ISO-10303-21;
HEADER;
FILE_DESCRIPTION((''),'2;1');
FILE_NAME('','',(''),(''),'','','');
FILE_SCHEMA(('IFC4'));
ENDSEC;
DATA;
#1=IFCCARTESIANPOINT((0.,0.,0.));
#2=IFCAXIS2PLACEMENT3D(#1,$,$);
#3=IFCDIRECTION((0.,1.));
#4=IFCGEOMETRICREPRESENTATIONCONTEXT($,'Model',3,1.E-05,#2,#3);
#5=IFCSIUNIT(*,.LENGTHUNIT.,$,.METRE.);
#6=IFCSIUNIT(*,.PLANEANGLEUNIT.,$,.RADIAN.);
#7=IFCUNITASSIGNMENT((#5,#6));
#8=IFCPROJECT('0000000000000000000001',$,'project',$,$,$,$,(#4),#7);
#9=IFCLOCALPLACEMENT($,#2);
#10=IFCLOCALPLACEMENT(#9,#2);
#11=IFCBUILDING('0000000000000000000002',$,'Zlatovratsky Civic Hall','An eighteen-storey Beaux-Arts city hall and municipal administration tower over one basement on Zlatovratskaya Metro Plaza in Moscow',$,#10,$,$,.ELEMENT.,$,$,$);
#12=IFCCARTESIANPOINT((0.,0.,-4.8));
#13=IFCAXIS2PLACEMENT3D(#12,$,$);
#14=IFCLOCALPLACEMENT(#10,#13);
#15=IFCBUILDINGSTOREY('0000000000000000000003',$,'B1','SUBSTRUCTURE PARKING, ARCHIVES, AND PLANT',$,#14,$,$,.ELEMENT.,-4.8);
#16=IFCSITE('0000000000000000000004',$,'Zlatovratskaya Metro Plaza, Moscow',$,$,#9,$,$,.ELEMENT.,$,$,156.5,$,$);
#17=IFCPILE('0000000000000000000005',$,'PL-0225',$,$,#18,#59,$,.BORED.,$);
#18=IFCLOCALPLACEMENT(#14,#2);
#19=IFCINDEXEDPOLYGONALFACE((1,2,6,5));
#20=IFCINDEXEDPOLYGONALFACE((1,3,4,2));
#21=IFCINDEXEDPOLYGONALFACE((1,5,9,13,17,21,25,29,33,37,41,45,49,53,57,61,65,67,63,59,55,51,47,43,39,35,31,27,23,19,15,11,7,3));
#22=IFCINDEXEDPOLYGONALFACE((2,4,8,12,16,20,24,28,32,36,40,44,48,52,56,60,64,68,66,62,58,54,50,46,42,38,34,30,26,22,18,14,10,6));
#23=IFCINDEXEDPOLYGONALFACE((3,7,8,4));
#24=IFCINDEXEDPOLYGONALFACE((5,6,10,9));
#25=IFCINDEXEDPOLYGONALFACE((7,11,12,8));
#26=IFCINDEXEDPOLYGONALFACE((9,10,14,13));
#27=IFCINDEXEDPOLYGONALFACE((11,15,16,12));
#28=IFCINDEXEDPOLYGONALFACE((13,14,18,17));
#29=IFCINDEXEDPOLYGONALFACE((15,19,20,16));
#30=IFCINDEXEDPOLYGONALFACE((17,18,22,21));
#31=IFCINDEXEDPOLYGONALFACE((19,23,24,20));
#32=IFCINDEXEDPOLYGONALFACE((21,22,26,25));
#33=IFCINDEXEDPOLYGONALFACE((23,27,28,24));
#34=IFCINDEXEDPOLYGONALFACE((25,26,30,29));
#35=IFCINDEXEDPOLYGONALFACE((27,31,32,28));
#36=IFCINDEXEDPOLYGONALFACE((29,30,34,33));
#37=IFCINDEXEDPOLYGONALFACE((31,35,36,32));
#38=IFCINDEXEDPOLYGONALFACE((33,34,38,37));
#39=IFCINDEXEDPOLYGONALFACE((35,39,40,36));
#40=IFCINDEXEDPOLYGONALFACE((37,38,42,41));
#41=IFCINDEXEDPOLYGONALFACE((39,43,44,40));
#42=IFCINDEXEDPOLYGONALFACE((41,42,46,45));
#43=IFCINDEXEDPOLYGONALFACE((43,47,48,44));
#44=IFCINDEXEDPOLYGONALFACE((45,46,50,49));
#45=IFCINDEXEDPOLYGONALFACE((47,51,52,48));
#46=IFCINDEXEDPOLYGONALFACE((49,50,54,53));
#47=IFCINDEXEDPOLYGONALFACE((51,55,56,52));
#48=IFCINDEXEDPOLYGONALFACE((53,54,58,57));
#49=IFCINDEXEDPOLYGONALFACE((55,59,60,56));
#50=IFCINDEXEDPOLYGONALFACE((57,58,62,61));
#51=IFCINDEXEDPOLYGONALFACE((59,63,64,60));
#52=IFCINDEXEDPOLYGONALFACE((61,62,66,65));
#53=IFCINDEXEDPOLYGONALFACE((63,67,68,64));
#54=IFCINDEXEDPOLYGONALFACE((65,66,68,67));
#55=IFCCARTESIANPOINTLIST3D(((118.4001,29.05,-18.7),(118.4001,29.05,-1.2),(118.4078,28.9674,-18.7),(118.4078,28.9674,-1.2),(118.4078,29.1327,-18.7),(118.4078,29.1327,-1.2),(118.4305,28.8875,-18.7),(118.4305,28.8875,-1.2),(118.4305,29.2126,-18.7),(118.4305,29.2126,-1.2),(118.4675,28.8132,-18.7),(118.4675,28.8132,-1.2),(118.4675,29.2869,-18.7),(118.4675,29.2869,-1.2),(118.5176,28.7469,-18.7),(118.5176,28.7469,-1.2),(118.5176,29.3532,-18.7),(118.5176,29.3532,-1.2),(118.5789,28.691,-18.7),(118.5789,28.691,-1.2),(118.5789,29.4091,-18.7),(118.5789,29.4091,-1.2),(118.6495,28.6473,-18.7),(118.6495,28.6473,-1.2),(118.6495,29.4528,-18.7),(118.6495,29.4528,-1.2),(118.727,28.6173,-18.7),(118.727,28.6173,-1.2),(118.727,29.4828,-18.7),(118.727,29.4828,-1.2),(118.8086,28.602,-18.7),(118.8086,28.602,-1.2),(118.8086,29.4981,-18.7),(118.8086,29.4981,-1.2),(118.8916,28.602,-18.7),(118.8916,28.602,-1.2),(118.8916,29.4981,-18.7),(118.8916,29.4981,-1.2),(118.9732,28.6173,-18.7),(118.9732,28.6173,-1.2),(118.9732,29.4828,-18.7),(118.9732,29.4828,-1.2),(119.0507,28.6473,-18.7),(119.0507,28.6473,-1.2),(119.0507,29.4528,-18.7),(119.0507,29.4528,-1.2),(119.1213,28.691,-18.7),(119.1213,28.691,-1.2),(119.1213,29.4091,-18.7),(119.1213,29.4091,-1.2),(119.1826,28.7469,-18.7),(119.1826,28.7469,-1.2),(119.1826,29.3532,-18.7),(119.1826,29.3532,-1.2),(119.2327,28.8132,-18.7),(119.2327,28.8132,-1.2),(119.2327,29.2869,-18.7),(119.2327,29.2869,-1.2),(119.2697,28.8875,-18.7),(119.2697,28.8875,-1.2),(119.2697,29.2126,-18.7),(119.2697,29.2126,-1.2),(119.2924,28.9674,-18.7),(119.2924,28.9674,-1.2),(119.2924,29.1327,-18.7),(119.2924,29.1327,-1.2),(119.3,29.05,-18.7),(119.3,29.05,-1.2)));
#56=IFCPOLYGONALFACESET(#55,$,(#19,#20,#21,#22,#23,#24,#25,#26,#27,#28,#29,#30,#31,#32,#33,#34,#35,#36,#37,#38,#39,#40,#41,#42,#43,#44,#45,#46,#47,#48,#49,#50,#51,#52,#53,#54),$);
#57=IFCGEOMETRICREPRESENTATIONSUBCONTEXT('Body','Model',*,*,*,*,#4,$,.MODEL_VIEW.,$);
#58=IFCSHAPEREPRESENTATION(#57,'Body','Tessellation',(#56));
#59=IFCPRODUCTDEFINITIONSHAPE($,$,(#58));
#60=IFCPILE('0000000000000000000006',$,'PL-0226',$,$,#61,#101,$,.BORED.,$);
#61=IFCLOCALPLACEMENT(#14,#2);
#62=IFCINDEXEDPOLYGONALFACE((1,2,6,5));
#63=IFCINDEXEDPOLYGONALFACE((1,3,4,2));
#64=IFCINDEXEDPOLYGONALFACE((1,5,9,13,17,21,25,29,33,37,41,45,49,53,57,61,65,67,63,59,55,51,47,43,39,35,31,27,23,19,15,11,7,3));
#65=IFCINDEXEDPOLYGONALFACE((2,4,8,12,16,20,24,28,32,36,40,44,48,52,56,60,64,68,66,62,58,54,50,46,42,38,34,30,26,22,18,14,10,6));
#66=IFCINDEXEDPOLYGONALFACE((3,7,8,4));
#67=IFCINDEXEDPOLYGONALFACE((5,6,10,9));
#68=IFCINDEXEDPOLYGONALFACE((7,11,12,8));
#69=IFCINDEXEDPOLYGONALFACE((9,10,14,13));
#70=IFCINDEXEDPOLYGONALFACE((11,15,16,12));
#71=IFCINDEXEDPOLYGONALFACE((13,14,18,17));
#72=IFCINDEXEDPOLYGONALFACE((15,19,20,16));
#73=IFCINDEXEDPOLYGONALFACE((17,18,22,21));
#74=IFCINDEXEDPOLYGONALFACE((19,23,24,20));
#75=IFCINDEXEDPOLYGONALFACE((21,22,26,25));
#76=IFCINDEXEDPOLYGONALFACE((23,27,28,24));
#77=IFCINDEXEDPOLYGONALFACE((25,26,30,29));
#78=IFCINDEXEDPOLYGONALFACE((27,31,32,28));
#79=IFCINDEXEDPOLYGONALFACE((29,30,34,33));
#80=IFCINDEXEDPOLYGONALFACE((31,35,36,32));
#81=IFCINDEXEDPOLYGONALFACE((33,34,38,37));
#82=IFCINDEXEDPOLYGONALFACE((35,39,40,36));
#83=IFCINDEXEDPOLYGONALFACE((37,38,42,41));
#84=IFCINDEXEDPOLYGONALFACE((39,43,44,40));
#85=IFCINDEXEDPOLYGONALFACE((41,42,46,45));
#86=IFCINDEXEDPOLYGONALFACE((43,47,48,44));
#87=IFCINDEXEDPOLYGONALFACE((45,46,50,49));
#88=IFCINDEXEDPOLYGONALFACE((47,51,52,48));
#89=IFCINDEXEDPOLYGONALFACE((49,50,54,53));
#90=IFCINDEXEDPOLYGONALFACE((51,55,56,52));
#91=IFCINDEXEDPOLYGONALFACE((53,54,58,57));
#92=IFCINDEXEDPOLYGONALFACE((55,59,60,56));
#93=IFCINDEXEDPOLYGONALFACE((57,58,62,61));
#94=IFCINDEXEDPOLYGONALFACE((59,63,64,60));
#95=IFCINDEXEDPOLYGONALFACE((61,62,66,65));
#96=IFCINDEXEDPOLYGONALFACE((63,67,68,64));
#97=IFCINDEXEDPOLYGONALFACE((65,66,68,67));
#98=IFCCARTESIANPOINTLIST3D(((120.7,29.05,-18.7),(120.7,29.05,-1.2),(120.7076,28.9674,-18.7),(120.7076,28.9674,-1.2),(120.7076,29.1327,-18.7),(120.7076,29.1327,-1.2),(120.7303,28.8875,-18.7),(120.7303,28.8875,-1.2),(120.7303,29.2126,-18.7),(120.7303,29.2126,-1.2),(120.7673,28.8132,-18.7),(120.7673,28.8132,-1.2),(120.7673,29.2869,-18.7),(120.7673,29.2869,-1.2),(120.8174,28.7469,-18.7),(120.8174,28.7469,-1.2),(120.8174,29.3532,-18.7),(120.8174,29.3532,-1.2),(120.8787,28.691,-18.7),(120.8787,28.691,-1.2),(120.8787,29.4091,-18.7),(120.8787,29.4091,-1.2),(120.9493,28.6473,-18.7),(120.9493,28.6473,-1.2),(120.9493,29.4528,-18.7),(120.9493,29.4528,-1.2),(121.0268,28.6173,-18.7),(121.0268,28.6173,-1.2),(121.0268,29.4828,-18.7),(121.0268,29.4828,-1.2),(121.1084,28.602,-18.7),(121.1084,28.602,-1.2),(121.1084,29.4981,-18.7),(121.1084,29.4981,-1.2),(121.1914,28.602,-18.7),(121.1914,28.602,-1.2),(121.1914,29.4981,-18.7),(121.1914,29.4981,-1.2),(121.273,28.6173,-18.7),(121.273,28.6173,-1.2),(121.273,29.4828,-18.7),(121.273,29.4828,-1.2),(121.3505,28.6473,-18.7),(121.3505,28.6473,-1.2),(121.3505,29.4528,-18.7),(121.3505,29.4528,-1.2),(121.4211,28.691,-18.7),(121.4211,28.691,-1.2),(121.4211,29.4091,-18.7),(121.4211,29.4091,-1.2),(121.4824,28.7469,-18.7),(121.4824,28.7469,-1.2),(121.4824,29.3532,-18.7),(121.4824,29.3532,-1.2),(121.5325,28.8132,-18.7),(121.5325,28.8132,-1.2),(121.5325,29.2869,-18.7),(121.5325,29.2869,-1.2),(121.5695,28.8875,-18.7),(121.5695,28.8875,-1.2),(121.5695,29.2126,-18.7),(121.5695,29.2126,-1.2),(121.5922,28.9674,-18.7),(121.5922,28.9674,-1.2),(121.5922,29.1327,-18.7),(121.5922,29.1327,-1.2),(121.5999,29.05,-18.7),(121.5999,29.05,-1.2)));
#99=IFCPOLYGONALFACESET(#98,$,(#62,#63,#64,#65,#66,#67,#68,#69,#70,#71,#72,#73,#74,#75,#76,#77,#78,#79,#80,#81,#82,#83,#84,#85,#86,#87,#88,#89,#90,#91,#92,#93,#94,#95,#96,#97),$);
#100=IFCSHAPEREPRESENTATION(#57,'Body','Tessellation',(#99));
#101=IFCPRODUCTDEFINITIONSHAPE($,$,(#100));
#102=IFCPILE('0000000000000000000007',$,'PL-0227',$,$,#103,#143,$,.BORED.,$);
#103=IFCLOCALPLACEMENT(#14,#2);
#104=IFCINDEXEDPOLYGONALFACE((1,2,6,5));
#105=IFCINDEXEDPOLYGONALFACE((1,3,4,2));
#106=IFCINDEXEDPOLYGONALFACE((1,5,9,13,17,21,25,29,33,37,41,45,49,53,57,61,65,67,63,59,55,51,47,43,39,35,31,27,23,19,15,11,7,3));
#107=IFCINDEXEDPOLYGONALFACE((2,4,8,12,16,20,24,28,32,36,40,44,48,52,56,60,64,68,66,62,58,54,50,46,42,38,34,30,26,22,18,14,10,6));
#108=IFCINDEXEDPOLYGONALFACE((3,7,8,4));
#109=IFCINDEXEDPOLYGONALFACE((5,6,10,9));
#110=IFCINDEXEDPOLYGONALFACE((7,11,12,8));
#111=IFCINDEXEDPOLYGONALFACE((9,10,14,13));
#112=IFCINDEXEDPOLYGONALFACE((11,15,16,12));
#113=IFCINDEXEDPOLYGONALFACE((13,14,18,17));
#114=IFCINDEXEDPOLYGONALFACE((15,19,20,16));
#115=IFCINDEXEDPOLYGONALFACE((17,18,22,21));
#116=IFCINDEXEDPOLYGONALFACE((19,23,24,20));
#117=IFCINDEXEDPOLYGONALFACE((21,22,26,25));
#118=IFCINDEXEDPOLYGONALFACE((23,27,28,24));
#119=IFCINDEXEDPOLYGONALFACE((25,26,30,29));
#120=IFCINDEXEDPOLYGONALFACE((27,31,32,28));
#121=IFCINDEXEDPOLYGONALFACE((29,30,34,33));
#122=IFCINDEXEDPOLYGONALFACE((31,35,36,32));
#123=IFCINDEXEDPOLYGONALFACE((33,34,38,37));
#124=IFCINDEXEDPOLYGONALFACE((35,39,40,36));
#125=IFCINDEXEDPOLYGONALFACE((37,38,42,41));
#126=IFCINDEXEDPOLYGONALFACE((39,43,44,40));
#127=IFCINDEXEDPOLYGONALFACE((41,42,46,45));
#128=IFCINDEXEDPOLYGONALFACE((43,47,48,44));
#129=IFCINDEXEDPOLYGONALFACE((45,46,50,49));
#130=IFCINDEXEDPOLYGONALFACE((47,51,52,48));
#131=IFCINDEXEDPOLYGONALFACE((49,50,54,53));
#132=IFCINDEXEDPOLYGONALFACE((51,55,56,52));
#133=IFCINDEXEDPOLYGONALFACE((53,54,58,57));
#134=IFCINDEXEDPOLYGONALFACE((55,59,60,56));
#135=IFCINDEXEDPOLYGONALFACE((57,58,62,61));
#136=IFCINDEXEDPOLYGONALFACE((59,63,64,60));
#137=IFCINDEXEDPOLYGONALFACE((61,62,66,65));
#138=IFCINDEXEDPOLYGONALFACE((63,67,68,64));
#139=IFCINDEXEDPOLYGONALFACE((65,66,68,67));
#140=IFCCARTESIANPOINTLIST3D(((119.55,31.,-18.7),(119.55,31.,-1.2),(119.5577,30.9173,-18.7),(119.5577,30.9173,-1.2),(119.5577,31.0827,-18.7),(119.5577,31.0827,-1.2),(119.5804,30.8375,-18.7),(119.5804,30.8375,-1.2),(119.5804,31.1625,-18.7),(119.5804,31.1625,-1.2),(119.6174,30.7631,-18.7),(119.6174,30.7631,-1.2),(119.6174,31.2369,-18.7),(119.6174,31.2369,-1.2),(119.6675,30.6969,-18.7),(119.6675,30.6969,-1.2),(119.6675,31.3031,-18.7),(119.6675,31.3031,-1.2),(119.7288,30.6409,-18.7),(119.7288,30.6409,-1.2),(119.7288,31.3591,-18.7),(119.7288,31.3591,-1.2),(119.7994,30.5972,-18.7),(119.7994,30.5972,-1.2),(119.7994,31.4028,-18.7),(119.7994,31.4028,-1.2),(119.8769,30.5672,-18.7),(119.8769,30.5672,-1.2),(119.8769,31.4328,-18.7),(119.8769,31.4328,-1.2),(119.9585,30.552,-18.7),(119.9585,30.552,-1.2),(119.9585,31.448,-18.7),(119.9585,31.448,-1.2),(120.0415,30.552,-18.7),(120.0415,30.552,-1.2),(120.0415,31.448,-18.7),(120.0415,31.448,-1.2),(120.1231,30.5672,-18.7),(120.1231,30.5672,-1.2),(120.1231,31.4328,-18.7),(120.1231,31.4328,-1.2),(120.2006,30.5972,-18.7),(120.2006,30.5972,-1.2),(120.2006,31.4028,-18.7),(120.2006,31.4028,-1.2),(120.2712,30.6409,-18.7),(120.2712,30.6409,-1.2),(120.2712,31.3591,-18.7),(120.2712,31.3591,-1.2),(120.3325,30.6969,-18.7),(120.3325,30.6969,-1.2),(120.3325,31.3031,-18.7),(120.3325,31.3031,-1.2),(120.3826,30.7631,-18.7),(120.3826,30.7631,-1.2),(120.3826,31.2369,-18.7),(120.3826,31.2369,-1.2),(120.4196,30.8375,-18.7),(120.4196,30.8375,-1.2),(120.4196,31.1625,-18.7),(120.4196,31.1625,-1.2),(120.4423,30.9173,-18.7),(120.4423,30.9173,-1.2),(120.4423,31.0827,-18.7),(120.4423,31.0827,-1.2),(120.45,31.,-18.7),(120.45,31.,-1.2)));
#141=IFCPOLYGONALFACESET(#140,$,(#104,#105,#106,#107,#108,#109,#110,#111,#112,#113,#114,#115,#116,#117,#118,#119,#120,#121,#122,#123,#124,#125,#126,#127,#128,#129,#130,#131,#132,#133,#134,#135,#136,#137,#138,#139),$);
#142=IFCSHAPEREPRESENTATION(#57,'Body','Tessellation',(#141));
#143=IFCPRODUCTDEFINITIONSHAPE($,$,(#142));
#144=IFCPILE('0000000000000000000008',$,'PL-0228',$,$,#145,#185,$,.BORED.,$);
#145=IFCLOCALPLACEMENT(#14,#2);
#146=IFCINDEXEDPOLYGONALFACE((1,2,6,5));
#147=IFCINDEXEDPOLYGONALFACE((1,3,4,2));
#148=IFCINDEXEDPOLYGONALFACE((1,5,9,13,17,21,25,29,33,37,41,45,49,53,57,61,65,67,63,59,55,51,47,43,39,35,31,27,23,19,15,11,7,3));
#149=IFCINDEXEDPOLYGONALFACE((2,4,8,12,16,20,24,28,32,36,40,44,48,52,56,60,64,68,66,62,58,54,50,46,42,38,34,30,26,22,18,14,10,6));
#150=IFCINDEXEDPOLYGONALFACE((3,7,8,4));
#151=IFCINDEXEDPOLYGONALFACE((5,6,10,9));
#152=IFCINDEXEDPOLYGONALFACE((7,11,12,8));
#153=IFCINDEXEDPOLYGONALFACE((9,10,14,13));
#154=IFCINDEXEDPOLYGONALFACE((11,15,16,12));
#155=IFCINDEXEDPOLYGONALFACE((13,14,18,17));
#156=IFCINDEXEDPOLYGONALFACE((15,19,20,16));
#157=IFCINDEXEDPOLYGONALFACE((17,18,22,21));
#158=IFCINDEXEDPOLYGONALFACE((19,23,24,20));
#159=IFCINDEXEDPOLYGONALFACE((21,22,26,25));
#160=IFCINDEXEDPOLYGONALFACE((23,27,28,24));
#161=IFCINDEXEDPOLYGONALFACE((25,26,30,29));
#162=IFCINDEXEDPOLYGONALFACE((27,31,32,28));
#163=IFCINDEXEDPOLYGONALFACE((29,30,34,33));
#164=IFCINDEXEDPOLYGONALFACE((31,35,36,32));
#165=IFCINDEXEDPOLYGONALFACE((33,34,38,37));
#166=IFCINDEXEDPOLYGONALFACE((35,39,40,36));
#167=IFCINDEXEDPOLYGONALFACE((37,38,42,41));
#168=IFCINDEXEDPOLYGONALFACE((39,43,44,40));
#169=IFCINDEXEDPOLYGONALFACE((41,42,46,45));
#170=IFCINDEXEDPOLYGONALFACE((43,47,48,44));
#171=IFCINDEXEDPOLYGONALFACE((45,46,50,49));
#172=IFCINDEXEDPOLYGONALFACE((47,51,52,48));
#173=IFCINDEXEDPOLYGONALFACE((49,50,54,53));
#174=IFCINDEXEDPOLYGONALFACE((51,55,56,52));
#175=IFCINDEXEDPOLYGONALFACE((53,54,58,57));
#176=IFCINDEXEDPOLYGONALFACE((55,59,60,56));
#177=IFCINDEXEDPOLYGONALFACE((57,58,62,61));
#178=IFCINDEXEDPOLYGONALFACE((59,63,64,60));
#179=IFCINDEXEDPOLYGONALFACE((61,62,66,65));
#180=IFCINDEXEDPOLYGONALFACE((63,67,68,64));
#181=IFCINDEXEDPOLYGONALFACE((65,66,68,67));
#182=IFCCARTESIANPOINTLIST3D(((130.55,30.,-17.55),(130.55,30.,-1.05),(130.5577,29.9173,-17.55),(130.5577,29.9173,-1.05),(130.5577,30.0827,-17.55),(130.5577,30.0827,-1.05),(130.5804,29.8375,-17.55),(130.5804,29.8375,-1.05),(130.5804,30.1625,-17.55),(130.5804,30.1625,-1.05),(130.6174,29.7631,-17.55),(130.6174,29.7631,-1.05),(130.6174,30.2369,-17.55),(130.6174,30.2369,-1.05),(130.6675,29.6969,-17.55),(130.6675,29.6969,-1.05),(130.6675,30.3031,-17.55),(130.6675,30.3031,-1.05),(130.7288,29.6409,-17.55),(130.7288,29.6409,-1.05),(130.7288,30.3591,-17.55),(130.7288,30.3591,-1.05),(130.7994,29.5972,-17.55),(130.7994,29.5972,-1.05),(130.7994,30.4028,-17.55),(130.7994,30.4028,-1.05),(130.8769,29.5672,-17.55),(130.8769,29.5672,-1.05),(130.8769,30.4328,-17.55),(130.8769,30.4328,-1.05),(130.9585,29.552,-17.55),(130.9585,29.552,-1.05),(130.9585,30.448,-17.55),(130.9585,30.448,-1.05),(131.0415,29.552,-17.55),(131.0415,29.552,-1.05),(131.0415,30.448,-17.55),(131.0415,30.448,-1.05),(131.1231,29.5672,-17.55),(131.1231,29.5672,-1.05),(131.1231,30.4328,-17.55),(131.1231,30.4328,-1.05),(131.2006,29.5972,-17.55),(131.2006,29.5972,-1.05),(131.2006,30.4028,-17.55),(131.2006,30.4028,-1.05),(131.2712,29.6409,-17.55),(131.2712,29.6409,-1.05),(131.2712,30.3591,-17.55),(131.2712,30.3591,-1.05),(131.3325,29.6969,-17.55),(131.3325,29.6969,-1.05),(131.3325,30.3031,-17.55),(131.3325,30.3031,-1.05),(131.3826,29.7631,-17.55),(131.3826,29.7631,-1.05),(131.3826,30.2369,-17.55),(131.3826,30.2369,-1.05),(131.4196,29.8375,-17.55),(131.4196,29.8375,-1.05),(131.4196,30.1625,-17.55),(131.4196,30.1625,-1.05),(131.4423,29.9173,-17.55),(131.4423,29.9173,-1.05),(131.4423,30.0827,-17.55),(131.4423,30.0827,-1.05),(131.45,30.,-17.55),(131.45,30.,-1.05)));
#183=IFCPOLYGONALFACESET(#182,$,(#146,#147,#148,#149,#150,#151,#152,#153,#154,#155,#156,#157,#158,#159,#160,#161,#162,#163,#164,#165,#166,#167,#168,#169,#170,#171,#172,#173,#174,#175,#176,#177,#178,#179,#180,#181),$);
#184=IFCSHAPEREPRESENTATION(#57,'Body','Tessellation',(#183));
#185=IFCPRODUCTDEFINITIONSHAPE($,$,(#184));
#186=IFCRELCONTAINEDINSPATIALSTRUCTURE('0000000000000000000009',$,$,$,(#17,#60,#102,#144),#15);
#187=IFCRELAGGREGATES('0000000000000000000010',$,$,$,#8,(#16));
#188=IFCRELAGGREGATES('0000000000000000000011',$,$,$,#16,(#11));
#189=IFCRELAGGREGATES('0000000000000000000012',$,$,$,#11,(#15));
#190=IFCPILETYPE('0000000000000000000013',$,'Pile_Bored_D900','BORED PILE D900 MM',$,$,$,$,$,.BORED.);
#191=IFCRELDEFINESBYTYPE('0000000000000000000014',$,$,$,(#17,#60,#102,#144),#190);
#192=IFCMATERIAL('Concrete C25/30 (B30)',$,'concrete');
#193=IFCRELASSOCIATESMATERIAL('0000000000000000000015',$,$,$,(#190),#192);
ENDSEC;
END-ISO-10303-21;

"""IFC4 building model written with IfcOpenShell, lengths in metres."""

from ifc_helpers import new_model, si_unit, direction, frame, origin, origin_2d, place, context, subcontext, project, spatial, circle, extrude, material, material_profile, profile_set, type_object, element, save


model = new_model("IFC4")

# Units and contexts
model_context = context("Model", 3, precision=1e-05, world=origin(), true_north=direction((0.0, 1.0)))
body_context = subcontext(model_context, "Body", "Model", "MODEL_VIEW")
ifc_project = project(units=[si_unit("LENGTHUNIT", "METRE"), si_unit("PLANEANGLEUNIT", "RADIAN")], contexts=[model_context])

# Site, building, storey
site_placement = place(None, origin())
site = spatial("IfcSite", under=ifc_project, at=site_placement, Name="Zlatovratskaya Metro Plaza, Moscow", CompositionType="ELEMENT", RefElevation=156.5)
building_placement = place(site_placement, origin())
building = spatial("IfcBuilding", under=site, at=building_placement, Name="Zlatovratsky Civic Hall", Description="An eighteen-storey Beaux-Arts city hall and municipal administration tower over one basement on Zlatovratskaya Metro Plaza in Moscow", CompositionType="ELEMENT")
storey_placement = place(building_placement, frame((0.0, 0.0, -4.8)))
storey = spatial("IfcBuildingStorey", under=building, at=storey_placement, Name="B1", Description="SUBSTRUCTURE PARKING, ARCHIVES, AND PLANT", CompositionType="ELEMENT", Elevation=-4.8)

# Shared definitions
ifc_material_1 = material(Name="Concrete C25/30 (B30)", Category="concrete")

# Piles
ifc_material_profile_1 = material_profile(ifc_material_1, circle(Radius=0.45, at=origin_2d()), Name="PILE D900")
ifc_profile_set_1 = profile_set([ifc_material_profile_1], Name="Concrete C25/30 (B30)")
pile_type_1 = type_object("IfcPileType", Name="Pile_Bored_D900", Description="BORED PILE D900 MM", PredefinedType="BORED", material=ifc_profile_set_1)
for number, where, z_axis, x_axis, name in (
    (1, (118.8501, 29.05, -1.2), (0.0, 0.0, -1.0), (1.0, 0.0, 0.0), "PL-0225"),
    (2, (121.1499, 29.05, -1.2), (0.0, 0.0, -1.0), (1.0, 0.0, 0.0), "PL-0226"),
    (3, (120.0, 31.0, -1.2), (0.0, 0.0, -1.0), (1.0, 0.0, 0.0), "PL-0227"),
):
    element("IfcPile", number, at=place(storey_placement, frame(where, z_axis=z_axis, x_axis=x_axis)), inside=storey, type_object=pile_type_1, Name=name, PredefinedType="BORED", context=body_context, shape_type="SweptSolid", body=[
        extrude(circle(Radius=0.45, at=origin_2d()), origin(), (0.0, 0.0, 1.0), 17.5),
    ])
pile_1_placement = place(storey_placement, frame((131.0, 30.0, -1.05), z_axis=(0.0, 0.0, -1.0), x_axis=(1.0, 0.0, 0.0)))
element("IfcPile", 4, at=pile_1_placement, inside=storey, type_object=pile_type_1, Name="PL-0228", PredefinedType="BORED", context=body_context, shape_type="SweptSolid", body=[
    extrude(circle(Radius=0.45, at=origin_2d()), origin(), (0.0, 0.0, 1.0), 16.5),
])

save(model, "model.ifc")
